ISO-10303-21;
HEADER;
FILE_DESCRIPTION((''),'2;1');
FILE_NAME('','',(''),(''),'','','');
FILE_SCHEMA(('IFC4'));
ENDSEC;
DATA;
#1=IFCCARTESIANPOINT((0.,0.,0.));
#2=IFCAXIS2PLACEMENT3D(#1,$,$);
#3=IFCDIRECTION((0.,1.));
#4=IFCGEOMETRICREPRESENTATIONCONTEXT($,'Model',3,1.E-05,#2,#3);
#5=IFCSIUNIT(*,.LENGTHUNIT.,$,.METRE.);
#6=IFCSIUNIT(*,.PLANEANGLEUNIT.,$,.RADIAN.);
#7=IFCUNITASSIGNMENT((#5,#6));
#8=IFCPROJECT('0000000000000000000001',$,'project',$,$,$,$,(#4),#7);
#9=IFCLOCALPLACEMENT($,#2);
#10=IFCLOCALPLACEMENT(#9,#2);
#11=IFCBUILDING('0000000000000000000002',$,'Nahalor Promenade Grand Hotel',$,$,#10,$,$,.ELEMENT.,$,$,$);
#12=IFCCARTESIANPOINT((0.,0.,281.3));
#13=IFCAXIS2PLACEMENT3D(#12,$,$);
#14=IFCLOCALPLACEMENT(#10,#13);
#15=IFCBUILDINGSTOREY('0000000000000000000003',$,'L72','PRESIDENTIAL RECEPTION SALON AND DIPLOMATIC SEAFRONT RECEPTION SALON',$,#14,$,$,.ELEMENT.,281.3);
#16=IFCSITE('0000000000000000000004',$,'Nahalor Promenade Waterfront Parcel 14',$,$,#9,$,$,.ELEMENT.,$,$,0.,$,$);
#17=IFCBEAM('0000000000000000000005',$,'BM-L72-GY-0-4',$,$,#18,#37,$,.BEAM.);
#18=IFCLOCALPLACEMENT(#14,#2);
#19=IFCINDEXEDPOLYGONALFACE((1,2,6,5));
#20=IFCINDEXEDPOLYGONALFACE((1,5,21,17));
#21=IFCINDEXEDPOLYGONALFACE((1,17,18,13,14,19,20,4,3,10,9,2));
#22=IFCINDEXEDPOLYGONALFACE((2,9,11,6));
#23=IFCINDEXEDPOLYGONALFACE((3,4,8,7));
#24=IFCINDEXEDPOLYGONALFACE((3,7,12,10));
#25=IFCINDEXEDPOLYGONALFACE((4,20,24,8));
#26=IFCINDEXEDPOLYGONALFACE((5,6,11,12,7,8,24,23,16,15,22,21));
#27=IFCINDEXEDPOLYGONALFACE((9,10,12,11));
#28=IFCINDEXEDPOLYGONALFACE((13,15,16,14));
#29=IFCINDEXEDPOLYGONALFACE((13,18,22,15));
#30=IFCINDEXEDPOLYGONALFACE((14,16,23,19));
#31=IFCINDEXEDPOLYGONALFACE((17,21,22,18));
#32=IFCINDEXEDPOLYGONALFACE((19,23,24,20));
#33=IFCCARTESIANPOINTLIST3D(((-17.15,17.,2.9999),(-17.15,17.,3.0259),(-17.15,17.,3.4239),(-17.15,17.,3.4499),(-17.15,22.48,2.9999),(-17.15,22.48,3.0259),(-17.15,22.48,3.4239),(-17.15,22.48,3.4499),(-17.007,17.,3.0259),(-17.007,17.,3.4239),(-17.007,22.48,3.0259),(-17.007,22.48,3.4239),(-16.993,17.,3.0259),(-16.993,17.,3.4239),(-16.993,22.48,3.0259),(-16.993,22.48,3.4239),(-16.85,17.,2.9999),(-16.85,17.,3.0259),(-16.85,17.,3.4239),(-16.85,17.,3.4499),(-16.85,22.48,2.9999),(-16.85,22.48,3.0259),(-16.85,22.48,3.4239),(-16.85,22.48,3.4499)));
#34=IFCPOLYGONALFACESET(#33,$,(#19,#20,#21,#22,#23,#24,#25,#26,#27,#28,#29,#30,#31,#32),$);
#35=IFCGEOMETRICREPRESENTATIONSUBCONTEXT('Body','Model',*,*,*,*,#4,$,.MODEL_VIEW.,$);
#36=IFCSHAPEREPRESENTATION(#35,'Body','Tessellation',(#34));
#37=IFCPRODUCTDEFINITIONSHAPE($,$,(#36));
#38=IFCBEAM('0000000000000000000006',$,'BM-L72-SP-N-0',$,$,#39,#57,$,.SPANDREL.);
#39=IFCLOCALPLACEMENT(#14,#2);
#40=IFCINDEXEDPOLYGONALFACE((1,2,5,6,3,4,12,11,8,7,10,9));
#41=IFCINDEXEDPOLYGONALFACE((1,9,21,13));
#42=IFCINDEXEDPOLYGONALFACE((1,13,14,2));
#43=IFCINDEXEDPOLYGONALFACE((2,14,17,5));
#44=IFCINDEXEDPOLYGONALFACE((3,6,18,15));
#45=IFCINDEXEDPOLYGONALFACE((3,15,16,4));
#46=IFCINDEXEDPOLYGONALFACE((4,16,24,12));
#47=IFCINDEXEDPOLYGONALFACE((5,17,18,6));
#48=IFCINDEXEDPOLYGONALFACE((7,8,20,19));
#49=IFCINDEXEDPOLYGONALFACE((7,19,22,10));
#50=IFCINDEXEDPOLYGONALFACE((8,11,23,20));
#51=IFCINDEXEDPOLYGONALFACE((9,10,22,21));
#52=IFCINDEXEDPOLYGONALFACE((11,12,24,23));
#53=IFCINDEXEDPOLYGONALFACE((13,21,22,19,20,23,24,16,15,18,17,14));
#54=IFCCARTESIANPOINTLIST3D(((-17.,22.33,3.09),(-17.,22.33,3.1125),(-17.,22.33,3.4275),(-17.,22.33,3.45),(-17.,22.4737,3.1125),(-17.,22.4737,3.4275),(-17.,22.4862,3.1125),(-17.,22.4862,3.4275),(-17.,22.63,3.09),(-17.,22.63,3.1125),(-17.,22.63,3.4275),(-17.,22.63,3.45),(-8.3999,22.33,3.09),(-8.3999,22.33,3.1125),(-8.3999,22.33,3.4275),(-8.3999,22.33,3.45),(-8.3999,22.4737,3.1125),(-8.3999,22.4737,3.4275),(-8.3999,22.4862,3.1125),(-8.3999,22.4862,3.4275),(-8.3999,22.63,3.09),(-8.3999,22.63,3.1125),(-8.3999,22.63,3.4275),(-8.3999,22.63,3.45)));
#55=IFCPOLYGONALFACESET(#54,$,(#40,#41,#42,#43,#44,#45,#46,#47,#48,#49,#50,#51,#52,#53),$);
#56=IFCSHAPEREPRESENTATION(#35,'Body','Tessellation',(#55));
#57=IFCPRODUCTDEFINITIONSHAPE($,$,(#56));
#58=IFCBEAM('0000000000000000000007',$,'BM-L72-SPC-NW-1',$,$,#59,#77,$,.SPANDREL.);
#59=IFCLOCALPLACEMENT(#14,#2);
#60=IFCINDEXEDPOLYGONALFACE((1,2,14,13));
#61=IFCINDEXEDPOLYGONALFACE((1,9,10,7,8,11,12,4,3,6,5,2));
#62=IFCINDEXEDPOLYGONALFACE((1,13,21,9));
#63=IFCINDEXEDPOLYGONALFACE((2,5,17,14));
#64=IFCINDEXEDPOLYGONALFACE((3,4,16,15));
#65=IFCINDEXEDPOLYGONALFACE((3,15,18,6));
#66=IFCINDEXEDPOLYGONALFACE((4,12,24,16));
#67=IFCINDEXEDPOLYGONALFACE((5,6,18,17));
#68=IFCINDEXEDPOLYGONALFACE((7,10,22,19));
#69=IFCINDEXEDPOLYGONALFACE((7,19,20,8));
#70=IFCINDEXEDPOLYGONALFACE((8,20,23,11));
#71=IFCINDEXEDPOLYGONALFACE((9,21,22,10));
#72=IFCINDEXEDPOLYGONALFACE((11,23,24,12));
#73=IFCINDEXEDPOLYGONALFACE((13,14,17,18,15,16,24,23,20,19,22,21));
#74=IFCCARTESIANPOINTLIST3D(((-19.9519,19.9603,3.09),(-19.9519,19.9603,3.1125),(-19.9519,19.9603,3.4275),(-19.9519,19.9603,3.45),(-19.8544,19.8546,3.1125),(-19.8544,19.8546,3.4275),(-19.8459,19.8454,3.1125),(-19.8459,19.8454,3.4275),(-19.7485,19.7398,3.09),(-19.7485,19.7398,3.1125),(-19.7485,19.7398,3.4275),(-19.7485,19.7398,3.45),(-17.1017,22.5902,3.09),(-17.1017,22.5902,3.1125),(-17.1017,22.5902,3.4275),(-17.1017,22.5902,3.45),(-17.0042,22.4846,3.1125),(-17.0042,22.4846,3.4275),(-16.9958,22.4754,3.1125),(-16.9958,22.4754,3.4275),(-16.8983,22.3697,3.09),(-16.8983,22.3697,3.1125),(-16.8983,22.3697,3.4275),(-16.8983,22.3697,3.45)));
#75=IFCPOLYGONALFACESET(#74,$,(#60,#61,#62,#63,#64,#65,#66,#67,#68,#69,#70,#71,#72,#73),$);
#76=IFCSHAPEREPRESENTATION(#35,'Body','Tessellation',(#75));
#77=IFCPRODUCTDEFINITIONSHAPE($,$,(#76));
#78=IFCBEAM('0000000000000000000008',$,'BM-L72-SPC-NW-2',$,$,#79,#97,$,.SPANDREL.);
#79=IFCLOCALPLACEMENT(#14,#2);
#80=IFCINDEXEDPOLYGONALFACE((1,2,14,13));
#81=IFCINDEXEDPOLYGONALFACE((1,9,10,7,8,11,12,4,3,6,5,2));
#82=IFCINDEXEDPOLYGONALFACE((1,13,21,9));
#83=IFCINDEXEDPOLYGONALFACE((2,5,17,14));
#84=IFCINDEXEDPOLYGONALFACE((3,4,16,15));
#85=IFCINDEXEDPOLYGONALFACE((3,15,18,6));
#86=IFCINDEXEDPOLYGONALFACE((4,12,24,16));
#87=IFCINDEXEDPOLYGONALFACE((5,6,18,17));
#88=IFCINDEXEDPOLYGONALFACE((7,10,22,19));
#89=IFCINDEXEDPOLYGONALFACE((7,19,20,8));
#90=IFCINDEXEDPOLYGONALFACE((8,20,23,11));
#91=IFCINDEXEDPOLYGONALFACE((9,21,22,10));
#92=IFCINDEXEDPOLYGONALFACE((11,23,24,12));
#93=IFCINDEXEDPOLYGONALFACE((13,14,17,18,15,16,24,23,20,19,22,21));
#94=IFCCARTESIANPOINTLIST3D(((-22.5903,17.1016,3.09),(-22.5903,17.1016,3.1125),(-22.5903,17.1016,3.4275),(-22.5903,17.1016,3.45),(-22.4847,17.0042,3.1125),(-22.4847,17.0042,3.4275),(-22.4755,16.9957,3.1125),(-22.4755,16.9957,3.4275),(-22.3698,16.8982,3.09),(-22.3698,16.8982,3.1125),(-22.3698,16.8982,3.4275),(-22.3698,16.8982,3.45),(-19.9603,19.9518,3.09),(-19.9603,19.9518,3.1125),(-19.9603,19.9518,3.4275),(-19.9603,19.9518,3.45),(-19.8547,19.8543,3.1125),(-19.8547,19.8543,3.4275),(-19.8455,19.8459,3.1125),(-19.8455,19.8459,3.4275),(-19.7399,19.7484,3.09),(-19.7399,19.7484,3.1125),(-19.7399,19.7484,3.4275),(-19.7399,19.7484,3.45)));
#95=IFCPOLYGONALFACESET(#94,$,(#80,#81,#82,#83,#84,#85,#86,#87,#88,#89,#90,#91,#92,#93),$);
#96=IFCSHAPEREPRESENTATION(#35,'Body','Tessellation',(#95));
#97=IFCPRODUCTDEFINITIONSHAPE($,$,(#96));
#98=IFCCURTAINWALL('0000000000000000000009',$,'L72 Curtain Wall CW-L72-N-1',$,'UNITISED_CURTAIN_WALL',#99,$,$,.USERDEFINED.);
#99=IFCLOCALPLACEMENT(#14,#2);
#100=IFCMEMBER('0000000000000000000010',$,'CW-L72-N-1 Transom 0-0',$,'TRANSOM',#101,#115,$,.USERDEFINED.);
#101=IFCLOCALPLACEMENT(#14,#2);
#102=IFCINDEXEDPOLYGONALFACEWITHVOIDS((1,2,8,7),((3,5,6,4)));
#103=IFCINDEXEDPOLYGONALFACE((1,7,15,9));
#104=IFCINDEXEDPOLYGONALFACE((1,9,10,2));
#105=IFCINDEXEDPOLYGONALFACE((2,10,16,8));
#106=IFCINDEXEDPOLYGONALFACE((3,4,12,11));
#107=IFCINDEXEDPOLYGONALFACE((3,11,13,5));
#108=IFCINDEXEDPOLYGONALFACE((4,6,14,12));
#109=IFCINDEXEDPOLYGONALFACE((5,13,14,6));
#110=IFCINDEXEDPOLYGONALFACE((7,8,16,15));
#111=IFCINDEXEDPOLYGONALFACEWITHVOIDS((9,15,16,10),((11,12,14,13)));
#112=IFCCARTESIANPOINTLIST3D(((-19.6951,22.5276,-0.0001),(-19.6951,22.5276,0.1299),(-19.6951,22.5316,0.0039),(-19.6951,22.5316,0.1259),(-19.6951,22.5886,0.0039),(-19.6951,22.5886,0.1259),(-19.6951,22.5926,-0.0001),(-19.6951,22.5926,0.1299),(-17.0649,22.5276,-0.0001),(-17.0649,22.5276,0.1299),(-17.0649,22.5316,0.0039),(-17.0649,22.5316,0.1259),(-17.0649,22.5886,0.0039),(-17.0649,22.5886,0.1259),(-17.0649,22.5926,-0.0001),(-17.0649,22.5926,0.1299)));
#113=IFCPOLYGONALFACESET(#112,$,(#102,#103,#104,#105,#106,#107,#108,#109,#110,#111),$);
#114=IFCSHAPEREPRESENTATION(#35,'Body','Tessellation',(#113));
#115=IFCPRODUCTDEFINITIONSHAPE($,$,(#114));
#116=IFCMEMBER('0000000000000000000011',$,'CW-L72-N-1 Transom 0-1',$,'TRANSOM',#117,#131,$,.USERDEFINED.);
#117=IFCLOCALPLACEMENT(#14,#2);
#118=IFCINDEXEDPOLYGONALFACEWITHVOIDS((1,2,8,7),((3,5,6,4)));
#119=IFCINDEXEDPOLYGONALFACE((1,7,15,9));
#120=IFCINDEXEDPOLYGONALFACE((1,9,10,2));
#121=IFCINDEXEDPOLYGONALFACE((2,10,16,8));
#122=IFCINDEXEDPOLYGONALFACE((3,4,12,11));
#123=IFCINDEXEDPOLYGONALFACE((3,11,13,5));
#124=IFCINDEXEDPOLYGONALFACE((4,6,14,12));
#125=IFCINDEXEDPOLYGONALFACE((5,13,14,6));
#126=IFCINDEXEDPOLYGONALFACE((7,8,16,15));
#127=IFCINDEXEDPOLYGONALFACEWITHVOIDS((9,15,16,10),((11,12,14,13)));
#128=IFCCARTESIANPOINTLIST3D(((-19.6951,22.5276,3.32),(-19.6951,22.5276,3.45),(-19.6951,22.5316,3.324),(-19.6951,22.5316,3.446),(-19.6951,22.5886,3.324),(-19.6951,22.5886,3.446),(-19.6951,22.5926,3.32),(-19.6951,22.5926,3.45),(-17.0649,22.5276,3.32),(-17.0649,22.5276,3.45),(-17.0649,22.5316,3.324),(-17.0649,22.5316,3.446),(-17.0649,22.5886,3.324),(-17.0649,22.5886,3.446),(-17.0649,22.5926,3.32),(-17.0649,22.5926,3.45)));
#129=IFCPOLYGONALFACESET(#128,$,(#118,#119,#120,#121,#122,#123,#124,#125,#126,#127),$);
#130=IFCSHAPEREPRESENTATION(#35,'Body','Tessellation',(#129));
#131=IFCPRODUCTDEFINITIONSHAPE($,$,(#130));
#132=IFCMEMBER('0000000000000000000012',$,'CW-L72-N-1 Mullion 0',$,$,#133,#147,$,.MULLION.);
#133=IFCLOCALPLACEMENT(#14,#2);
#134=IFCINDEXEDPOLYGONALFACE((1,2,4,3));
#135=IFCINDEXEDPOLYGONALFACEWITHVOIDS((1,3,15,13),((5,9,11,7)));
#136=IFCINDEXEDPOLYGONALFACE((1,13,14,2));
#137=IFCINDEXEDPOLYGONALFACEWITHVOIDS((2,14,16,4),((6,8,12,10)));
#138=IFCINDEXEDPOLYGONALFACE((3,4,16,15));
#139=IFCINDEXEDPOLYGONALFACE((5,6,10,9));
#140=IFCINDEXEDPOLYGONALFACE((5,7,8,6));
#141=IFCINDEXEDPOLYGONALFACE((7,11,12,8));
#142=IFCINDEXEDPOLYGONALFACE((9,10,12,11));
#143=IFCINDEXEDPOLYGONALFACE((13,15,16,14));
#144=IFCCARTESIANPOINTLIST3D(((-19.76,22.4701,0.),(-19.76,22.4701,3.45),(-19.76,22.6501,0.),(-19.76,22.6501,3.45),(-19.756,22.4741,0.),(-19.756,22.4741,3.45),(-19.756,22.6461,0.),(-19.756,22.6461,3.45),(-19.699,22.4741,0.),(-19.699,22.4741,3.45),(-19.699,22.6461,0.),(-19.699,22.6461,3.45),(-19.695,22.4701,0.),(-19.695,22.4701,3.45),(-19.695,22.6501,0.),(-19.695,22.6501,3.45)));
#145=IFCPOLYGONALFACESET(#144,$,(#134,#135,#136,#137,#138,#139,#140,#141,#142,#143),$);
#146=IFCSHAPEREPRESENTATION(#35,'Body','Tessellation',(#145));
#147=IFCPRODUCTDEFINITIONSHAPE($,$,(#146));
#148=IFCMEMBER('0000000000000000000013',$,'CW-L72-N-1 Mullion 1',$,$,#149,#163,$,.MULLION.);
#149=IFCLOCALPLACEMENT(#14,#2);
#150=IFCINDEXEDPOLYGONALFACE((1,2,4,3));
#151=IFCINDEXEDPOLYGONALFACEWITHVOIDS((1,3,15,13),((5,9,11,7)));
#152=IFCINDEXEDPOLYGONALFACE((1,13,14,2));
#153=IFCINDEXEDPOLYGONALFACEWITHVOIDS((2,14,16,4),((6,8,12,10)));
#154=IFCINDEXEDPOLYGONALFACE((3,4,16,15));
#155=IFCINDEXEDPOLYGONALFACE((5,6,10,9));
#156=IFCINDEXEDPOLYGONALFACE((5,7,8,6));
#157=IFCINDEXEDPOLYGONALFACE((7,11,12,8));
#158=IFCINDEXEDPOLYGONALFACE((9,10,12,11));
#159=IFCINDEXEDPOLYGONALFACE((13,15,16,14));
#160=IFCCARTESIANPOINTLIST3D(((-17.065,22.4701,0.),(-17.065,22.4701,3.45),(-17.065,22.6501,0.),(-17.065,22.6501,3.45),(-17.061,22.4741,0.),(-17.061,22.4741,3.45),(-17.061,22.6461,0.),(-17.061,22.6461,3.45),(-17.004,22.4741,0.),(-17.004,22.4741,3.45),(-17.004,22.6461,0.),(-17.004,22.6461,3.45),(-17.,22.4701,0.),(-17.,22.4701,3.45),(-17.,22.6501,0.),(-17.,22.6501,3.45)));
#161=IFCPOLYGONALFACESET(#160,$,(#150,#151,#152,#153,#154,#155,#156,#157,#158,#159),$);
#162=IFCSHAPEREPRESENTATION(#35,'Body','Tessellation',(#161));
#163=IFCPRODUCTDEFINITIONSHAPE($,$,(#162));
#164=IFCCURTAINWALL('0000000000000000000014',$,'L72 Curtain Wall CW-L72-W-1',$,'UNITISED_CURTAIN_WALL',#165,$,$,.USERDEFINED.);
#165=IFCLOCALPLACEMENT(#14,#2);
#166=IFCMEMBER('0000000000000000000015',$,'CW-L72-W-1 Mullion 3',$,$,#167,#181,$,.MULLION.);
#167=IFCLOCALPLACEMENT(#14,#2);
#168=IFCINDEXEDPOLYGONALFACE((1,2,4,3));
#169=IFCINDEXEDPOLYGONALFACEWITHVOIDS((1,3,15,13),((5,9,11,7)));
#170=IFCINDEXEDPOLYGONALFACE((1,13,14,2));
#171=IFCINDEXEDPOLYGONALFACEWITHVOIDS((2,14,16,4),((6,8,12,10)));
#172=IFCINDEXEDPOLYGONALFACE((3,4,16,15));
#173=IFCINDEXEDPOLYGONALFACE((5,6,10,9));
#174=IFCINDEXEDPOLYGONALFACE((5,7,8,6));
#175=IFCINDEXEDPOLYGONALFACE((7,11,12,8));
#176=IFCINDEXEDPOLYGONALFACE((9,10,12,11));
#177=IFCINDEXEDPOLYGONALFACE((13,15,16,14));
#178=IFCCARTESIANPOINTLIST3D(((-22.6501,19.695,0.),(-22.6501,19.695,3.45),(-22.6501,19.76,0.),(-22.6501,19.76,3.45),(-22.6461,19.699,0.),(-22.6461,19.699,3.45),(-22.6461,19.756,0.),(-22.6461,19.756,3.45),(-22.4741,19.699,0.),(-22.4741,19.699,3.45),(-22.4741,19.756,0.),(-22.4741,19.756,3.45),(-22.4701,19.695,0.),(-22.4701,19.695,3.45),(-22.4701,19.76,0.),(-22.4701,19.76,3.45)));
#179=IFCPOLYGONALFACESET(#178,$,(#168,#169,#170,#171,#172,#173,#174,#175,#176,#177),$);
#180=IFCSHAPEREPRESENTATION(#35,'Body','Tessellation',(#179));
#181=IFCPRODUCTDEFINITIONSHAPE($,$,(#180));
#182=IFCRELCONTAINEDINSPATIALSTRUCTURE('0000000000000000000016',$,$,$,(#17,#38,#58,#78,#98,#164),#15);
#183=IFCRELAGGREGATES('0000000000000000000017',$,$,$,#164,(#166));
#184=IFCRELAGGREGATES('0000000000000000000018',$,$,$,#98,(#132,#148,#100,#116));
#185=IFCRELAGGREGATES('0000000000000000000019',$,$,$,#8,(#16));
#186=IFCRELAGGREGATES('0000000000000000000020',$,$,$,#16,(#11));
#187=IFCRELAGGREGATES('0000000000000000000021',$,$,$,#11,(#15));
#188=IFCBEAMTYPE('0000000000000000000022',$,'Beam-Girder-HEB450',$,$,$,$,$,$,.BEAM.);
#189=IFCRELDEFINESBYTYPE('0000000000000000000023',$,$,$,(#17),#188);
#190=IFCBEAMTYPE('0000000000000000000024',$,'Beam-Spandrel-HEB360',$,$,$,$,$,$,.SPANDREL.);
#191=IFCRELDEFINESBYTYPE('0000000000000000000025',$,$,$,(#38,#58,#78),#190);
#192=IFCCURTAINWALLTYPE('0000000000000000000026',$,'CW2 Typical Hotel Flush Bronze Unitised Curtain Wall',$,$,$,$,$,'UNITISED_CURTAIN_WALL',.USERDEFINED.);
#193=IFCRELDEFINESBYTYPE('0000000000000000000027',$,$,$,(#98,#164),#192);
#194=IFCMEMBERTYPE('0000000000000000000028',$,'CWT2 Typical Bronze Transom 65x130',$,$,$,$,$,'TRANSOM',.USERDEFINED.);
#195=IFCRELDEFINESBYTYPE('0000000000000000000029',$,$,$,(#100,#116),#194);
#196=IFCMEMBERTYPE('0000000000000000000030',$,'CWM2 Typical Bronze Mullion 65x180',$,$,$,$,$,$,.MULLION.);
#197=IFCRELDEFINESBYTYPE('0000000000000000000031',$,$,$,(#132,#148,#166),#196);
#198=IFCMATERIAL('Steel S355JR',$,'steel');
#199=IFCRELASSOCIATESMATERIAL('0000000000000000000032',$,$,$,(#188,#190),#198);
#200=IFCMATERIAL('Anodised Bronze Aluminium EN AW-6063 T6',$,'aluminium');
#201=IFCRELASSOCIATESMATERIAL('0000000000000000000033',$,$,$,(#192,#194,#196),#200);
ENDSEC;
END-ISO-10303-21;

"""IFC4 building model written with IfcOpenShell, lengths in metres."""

from ifc_helpers import new_model, si_unit, direction, frame, origin, origin_2d, place, context, subcontext, project, spatial, hollow_rectangle, i_section, extrude, source, transform, mapped, material, material_profile, profile_set, type_object, element, aggregate, save


model = new_model("IFC4")

# Units and contexts
model_context = context("Model", 3, precision=1e-05, world=origin(), true_north=direction((0.0, 1.0)))
body_context = subcontext(model_context, "Body", "Model", "MODEL_VIEW")
ifc_project = project(units=[si_unit("LENGTHUNIT", "METRE"), si_unit("PLANEANGLEUNIT", "RADIAN")], contexts=[model_context])

# Site, building, storey
site_placement = place(None, origin())
site = spatial("IfcSite", under=ifc_project, at=site_placement, Name="Nahalor Promenade Waterfront Parcel 14", CompositionType="ELEMENT", RefElevation=0.0)
building_placement = place(site_placement, origin())
building = spatial("IfcBuilding", under=site, at=building_placement, Name="Nahalor Promenade Grand Hotel", CompositionType="ELEMENT")
storey_placement = place(building_placement, frame((0.0, 0.0, 281.3)))
storey = spatial("IfcBuildingStorey", under=building, at=storey_placement, Name="L72", Description="PRESIDENTIAL RECEPTION SALON AND DIPLOMATIC SEAFRONT RECEPTION SALON", CompositionType="ELEMENT", Elevation=281.3)

# Shared definitions
ifc_material_1 = material(Name="Steel S355JR", Category="steel")

# Beams
ifc_material_profile_1 = material_profile(ifc_material_1, i_section(OverallWidth=0.3, OverallDepth=0.45, WebThickness=0.014, FlangeThickness=0.026, at=origin_2d()), Name="HEB 450")
ifc_profile_set_1 = profile_set([ifc_material_profile_1], Name="Steel S355JR")
beam_type_1 = type_object("IfcBeamType", Name="Beam-Girder-HEB450", PredefinedType="BEAM", material=ifc_profile_set_1)
shared_shape_1 = source(origin(), body_context, "Body", "SweptSolid", [
    extrude(i_section(OverallWidth=0.3, OverallDepth=0.45, WebThickness=0.014, FlangeThickness=0.026, at=origin_2d()), origin(), (0.0, 0.0, 1.0), 5.48),
])
for number, where, z_axis, x_axis, name in (
    (1, (-17.0, 17.0, 3.2249), (0.0, 1.0, 0.0), (-1.0, 0.0, 0.0), "BM-L72-GY-0-4"),
):
    element("IfcBeam", number, at=place(storey_placement, frame(where, z_axis=z_axis, x_axis=x_axis)), inside=storey, type_object=beam_type_1, Name=name, PredefinedType="BEAM", context=body_context, shape_type="MappedRepresentation", body=[
        mapped(shared_shape_1, transform((0.0, 0.0, 0.0), scale=1.0)),
    ])
ifc_material_profile_2 = material_profile(ifc_material_1, i_section(OverallWidth=0.3, OverallDepth=0.36, WebThickness=0.0125, FlangeThickness=0.0225, at=origin_2d()), Name="HEB 360")
ifc_profile_set_2 = profile_set([ifc_material_profile_2], Name="Steel S355JR")
beam_type_2 = type_object("IfcBeamType", Name="Beam-Spandrel-HEB360", PredefinedType="SPANDREL", material=ifc_profile_set_2)
shared_shape_2 = source(origin(), body_context, "Body", "SweptSolid", [
    extrude(i_section(OverallWidth=0.3, OverallDepth=0.36, WebThickness=0.0125, FlangeThickness=0.0225, at=origin_2d()), origin(), (0.0, 0.0, 1.0), 8.6001),
])
beam_1_placement = place(storey_placement, frame((-17.0, 22.48, 3.27), z_axis=(1.0, 0.0, 0.0), x_axis=(0.0, 1.0, 0.0)))
element("IfcBeam", 2, at=beam_1_placement, inside=storey, type_object=beam_type_2, Name="BM-L72-SP-N-0", PredefinedType="SPANDREL", context=body_context, shape_type="MappedRepresentation", body=[
    mapped(shared_shape_2, transform((0.0, 0.0, 0.0), scale=1.0)),
])
shared_shape_3 = source(origin(), body_context, "Body", "SweptSolid", [
    extrude(i_section(OverallWidth=0.3, OverallDepth=0.36, WebThickness=0.0125, FlangeThickness=0.0225, at=origin_2d()), origin(), (0.0, 0.0, 1.0), 3.8782),
])
for number, where, z_axis, x_axis, name in (
    (3, (-17.0, 22.48, 3.27), (-0.734929, -0.678144, 0.0), (0.678144, -0.734929, 0.0), "BM-L72-SPC-NW-1"),
    (4, (-19.8501, 19.8501, 3.27), (-0.678144, -0.734929, 0.0), (0.734929, -0.678144, 0.0), "BM-L72-SPC-NW-2"),
):
    element("IfcBeam", number, at=place(storey_placement, frame(where, z_axis=z_axis, x_axis=x_axis)), inside=storey, type_object=beam_type_2, Name=name, PredefinedType="SPANDREL", context=body_context, shape_type="MappedRepresentation", body=[
        mapped(shared_shape_3, transform((0.0, 0.0, 0.0), scale=1.0)),
    ])

# Curtain wall, members
ifc_material_2 = material(Name="Anodised Bronze Aluminium EN AW-6063 T6", Category="aluminium")
curtain_wall_type = type_object("IfcCurtainWallType", Name="CW2 Typical Hotel Flush Bronze Unitised Curtain Wall", ElementType="UNITISED_CURTAIN_WALL", PredefinedType="USERDEFINED", material=ifc_material_2)
curtain_wall_1_placement = place(storey_placement, origin())
curtain_wall_1 = element("IfcCurtainWall", 5, at=curtain_wall_1_placement, inside=storey, type_object=curtain_wall_type, Name="L72 Curtain Wall CW-L72-N-1", ObjectType="UNITISED_CURTAIN_WALL", PredefinedType="USERDEFINED")
ifc_material_profile_3 = material_profile(ifc_material_2, hollow_rectangle(XDim=0.065, YDim=0.13, WallThickness=0.004, at=origin_2d()), Name="CWT 65x130x4")
ifc_profile_set_3 = profile_set([ifc_material_profile_3], Name="Anodised Bronze Aluminium EN AW-6063 T6")
member_type_1 = type_object("IfcMemberType", Name="CWT2 Typical Bronze Transom 65x130", ElementType="TRANSOM", PredefinedType="USERDEFINED", material=ifc_profile_set_3)
shared_shape_4 = source(origin(), body_context, "Body", "SweptSolid", [
    extrude(hollow_rectangle(XDim=0.065, YDim=0.13, WallThickness=0.004, at=origin_2d()), origin(), (0.0, 0.0, 1.0), 2.6301),
])
member_1_placement = place(storey_placement, frame((-19.6951, 22.5601, 0.0649), z_axis=(1.0, 0.0, 0.0), x_axis=(0.0, 1.0, 0.0)))
member_1 = element("IfcMember", 6, at=member_1_placement, type_object=member_type_1, Name="CW-L72-N-1 Transom 0-0", ObjectType="TRANSOM", PredefinedType="USERDEFINED", context=body_context, shape_type="MappedRepresentation", body=[
    mapped(shared_shape_4, transform((0.0, 0.0, 0.0), scale=1.0)),
])
member_2_placement = place(storey_placement, frame((-19.6951, 22.5601, 3.385), z_axis=(1.0, 0.0, 0.0), x_axis=(0.0, 1.0, 0.0)))
member_2 = element("IfcMember", 7, at=member_2_placement, type_object=member_type_1, Name="CW-L72-N-1 Transom 0-1", ObjectType="TRANSOM", PredefinedType="USERDEFINED", context=body_context, shape_type="MappedRepresentation", body=[
    mapped(shared_shape_4, transform((0.0, 0.0, 0.0), scale=1.0)),
])
ifc_material_profile_4 = material_profile(ifc_material_2, hollow_rectangle(XDim=0.065, YDim=0.18, WallThickness=0.004, at=origin_2d()), Name="CWM 65x180x4")
ifc_profile_set_4 = profile_set([ifc_material_profile_4], Name="Anodised Bronze Aluminium EN AW-6063 T6")
member_type_2 = type_object("IfcMemberType", Name="CWM2 Typical Bronze Mullion 65x180", PredefinedType="MULLION", material=ifc_profile_set_4)
shared_shape_5 = source(origin(), body_context, "Body", "SweptSolid", [
    extrude(hollow_rectangle(XDim=0.065, YDim=0.18, WallThickness=0.004, at=origin_2d()), origin(), (0.0, 0.0, 1.0), 3.45),
])
member_3_placement = place(storey_placement, frame((-19.7275, 22.5601, 0.0), z_axis=(0.0, 0.0, 1.0), x_axis=(1.0, 0.0, 0.0)))
member_3 = element("IfcMember", 8, at=member_3_placement, type_object=member_type_2, Name="CW-L72-N-1 Mullion 0", PredefinedType="MULLION", context=body_context, shape_type="MappedRepresentation", body=[
    mapped(shared_shape_5, transform((0.0, 0.0, 0.0), scale=1.0)),
])
member_4_placement = place(storey_placement, frame((-17.0325, 22.5601, 0.0), z_axis=(0.0, 0.0, 1.0), x_axis=(1.0, 0.0, 0.0)))
member_4 = element("IfcMember", 9, at=member_4_placement, type_object=member_type_2, Name="CW-L72-N-1 Mullion 1", PredefinedType="MULLION", context=body_context, shape_type="MappedRepresentation", body=[
    mapped(shared_shape_5, transform((0.0, 0.0, 0.0), scale=1.0)),
])

# Curtain wall, member
curtain_wall_2_placement = place(storey_placement, origin())
curtain_wall_2 = element("IfcCurtainWall", 10, at=curtain_wall_2_placement, inside=storey, type_object=curtain_wall_type, Name="L72 Curtain Wall CW-L72-W-1", ObjectType="UNITISED_CURTAIN_WALL", PredefinedType="USERDEFINED")
member_5_placement = place(storey_placement, frame((-22.5601, 19.7275, 0.0), z_axis=(0.0, 0.0, 1.0), x_axis=(0.0, 1.0, 0.0)))
member_5 = element("IfcMember", 11, at=member_5_placement, type_object=member_type_2, Name="CW-L72-W-1 Mullion 3", PredefinedType="MULLION", context=body_context, shape_type="MappedRepresentation", body=[
    mapped(shared_shape_5, transform((0.0, 0.0, 0.0), scale=1.0)),
])
aggregate(curtain_wall_2, [member_5])

aggregate(curtain_wall_1, [member_3, member_4, member_1, member_2])

save(model, "model.ifc")
